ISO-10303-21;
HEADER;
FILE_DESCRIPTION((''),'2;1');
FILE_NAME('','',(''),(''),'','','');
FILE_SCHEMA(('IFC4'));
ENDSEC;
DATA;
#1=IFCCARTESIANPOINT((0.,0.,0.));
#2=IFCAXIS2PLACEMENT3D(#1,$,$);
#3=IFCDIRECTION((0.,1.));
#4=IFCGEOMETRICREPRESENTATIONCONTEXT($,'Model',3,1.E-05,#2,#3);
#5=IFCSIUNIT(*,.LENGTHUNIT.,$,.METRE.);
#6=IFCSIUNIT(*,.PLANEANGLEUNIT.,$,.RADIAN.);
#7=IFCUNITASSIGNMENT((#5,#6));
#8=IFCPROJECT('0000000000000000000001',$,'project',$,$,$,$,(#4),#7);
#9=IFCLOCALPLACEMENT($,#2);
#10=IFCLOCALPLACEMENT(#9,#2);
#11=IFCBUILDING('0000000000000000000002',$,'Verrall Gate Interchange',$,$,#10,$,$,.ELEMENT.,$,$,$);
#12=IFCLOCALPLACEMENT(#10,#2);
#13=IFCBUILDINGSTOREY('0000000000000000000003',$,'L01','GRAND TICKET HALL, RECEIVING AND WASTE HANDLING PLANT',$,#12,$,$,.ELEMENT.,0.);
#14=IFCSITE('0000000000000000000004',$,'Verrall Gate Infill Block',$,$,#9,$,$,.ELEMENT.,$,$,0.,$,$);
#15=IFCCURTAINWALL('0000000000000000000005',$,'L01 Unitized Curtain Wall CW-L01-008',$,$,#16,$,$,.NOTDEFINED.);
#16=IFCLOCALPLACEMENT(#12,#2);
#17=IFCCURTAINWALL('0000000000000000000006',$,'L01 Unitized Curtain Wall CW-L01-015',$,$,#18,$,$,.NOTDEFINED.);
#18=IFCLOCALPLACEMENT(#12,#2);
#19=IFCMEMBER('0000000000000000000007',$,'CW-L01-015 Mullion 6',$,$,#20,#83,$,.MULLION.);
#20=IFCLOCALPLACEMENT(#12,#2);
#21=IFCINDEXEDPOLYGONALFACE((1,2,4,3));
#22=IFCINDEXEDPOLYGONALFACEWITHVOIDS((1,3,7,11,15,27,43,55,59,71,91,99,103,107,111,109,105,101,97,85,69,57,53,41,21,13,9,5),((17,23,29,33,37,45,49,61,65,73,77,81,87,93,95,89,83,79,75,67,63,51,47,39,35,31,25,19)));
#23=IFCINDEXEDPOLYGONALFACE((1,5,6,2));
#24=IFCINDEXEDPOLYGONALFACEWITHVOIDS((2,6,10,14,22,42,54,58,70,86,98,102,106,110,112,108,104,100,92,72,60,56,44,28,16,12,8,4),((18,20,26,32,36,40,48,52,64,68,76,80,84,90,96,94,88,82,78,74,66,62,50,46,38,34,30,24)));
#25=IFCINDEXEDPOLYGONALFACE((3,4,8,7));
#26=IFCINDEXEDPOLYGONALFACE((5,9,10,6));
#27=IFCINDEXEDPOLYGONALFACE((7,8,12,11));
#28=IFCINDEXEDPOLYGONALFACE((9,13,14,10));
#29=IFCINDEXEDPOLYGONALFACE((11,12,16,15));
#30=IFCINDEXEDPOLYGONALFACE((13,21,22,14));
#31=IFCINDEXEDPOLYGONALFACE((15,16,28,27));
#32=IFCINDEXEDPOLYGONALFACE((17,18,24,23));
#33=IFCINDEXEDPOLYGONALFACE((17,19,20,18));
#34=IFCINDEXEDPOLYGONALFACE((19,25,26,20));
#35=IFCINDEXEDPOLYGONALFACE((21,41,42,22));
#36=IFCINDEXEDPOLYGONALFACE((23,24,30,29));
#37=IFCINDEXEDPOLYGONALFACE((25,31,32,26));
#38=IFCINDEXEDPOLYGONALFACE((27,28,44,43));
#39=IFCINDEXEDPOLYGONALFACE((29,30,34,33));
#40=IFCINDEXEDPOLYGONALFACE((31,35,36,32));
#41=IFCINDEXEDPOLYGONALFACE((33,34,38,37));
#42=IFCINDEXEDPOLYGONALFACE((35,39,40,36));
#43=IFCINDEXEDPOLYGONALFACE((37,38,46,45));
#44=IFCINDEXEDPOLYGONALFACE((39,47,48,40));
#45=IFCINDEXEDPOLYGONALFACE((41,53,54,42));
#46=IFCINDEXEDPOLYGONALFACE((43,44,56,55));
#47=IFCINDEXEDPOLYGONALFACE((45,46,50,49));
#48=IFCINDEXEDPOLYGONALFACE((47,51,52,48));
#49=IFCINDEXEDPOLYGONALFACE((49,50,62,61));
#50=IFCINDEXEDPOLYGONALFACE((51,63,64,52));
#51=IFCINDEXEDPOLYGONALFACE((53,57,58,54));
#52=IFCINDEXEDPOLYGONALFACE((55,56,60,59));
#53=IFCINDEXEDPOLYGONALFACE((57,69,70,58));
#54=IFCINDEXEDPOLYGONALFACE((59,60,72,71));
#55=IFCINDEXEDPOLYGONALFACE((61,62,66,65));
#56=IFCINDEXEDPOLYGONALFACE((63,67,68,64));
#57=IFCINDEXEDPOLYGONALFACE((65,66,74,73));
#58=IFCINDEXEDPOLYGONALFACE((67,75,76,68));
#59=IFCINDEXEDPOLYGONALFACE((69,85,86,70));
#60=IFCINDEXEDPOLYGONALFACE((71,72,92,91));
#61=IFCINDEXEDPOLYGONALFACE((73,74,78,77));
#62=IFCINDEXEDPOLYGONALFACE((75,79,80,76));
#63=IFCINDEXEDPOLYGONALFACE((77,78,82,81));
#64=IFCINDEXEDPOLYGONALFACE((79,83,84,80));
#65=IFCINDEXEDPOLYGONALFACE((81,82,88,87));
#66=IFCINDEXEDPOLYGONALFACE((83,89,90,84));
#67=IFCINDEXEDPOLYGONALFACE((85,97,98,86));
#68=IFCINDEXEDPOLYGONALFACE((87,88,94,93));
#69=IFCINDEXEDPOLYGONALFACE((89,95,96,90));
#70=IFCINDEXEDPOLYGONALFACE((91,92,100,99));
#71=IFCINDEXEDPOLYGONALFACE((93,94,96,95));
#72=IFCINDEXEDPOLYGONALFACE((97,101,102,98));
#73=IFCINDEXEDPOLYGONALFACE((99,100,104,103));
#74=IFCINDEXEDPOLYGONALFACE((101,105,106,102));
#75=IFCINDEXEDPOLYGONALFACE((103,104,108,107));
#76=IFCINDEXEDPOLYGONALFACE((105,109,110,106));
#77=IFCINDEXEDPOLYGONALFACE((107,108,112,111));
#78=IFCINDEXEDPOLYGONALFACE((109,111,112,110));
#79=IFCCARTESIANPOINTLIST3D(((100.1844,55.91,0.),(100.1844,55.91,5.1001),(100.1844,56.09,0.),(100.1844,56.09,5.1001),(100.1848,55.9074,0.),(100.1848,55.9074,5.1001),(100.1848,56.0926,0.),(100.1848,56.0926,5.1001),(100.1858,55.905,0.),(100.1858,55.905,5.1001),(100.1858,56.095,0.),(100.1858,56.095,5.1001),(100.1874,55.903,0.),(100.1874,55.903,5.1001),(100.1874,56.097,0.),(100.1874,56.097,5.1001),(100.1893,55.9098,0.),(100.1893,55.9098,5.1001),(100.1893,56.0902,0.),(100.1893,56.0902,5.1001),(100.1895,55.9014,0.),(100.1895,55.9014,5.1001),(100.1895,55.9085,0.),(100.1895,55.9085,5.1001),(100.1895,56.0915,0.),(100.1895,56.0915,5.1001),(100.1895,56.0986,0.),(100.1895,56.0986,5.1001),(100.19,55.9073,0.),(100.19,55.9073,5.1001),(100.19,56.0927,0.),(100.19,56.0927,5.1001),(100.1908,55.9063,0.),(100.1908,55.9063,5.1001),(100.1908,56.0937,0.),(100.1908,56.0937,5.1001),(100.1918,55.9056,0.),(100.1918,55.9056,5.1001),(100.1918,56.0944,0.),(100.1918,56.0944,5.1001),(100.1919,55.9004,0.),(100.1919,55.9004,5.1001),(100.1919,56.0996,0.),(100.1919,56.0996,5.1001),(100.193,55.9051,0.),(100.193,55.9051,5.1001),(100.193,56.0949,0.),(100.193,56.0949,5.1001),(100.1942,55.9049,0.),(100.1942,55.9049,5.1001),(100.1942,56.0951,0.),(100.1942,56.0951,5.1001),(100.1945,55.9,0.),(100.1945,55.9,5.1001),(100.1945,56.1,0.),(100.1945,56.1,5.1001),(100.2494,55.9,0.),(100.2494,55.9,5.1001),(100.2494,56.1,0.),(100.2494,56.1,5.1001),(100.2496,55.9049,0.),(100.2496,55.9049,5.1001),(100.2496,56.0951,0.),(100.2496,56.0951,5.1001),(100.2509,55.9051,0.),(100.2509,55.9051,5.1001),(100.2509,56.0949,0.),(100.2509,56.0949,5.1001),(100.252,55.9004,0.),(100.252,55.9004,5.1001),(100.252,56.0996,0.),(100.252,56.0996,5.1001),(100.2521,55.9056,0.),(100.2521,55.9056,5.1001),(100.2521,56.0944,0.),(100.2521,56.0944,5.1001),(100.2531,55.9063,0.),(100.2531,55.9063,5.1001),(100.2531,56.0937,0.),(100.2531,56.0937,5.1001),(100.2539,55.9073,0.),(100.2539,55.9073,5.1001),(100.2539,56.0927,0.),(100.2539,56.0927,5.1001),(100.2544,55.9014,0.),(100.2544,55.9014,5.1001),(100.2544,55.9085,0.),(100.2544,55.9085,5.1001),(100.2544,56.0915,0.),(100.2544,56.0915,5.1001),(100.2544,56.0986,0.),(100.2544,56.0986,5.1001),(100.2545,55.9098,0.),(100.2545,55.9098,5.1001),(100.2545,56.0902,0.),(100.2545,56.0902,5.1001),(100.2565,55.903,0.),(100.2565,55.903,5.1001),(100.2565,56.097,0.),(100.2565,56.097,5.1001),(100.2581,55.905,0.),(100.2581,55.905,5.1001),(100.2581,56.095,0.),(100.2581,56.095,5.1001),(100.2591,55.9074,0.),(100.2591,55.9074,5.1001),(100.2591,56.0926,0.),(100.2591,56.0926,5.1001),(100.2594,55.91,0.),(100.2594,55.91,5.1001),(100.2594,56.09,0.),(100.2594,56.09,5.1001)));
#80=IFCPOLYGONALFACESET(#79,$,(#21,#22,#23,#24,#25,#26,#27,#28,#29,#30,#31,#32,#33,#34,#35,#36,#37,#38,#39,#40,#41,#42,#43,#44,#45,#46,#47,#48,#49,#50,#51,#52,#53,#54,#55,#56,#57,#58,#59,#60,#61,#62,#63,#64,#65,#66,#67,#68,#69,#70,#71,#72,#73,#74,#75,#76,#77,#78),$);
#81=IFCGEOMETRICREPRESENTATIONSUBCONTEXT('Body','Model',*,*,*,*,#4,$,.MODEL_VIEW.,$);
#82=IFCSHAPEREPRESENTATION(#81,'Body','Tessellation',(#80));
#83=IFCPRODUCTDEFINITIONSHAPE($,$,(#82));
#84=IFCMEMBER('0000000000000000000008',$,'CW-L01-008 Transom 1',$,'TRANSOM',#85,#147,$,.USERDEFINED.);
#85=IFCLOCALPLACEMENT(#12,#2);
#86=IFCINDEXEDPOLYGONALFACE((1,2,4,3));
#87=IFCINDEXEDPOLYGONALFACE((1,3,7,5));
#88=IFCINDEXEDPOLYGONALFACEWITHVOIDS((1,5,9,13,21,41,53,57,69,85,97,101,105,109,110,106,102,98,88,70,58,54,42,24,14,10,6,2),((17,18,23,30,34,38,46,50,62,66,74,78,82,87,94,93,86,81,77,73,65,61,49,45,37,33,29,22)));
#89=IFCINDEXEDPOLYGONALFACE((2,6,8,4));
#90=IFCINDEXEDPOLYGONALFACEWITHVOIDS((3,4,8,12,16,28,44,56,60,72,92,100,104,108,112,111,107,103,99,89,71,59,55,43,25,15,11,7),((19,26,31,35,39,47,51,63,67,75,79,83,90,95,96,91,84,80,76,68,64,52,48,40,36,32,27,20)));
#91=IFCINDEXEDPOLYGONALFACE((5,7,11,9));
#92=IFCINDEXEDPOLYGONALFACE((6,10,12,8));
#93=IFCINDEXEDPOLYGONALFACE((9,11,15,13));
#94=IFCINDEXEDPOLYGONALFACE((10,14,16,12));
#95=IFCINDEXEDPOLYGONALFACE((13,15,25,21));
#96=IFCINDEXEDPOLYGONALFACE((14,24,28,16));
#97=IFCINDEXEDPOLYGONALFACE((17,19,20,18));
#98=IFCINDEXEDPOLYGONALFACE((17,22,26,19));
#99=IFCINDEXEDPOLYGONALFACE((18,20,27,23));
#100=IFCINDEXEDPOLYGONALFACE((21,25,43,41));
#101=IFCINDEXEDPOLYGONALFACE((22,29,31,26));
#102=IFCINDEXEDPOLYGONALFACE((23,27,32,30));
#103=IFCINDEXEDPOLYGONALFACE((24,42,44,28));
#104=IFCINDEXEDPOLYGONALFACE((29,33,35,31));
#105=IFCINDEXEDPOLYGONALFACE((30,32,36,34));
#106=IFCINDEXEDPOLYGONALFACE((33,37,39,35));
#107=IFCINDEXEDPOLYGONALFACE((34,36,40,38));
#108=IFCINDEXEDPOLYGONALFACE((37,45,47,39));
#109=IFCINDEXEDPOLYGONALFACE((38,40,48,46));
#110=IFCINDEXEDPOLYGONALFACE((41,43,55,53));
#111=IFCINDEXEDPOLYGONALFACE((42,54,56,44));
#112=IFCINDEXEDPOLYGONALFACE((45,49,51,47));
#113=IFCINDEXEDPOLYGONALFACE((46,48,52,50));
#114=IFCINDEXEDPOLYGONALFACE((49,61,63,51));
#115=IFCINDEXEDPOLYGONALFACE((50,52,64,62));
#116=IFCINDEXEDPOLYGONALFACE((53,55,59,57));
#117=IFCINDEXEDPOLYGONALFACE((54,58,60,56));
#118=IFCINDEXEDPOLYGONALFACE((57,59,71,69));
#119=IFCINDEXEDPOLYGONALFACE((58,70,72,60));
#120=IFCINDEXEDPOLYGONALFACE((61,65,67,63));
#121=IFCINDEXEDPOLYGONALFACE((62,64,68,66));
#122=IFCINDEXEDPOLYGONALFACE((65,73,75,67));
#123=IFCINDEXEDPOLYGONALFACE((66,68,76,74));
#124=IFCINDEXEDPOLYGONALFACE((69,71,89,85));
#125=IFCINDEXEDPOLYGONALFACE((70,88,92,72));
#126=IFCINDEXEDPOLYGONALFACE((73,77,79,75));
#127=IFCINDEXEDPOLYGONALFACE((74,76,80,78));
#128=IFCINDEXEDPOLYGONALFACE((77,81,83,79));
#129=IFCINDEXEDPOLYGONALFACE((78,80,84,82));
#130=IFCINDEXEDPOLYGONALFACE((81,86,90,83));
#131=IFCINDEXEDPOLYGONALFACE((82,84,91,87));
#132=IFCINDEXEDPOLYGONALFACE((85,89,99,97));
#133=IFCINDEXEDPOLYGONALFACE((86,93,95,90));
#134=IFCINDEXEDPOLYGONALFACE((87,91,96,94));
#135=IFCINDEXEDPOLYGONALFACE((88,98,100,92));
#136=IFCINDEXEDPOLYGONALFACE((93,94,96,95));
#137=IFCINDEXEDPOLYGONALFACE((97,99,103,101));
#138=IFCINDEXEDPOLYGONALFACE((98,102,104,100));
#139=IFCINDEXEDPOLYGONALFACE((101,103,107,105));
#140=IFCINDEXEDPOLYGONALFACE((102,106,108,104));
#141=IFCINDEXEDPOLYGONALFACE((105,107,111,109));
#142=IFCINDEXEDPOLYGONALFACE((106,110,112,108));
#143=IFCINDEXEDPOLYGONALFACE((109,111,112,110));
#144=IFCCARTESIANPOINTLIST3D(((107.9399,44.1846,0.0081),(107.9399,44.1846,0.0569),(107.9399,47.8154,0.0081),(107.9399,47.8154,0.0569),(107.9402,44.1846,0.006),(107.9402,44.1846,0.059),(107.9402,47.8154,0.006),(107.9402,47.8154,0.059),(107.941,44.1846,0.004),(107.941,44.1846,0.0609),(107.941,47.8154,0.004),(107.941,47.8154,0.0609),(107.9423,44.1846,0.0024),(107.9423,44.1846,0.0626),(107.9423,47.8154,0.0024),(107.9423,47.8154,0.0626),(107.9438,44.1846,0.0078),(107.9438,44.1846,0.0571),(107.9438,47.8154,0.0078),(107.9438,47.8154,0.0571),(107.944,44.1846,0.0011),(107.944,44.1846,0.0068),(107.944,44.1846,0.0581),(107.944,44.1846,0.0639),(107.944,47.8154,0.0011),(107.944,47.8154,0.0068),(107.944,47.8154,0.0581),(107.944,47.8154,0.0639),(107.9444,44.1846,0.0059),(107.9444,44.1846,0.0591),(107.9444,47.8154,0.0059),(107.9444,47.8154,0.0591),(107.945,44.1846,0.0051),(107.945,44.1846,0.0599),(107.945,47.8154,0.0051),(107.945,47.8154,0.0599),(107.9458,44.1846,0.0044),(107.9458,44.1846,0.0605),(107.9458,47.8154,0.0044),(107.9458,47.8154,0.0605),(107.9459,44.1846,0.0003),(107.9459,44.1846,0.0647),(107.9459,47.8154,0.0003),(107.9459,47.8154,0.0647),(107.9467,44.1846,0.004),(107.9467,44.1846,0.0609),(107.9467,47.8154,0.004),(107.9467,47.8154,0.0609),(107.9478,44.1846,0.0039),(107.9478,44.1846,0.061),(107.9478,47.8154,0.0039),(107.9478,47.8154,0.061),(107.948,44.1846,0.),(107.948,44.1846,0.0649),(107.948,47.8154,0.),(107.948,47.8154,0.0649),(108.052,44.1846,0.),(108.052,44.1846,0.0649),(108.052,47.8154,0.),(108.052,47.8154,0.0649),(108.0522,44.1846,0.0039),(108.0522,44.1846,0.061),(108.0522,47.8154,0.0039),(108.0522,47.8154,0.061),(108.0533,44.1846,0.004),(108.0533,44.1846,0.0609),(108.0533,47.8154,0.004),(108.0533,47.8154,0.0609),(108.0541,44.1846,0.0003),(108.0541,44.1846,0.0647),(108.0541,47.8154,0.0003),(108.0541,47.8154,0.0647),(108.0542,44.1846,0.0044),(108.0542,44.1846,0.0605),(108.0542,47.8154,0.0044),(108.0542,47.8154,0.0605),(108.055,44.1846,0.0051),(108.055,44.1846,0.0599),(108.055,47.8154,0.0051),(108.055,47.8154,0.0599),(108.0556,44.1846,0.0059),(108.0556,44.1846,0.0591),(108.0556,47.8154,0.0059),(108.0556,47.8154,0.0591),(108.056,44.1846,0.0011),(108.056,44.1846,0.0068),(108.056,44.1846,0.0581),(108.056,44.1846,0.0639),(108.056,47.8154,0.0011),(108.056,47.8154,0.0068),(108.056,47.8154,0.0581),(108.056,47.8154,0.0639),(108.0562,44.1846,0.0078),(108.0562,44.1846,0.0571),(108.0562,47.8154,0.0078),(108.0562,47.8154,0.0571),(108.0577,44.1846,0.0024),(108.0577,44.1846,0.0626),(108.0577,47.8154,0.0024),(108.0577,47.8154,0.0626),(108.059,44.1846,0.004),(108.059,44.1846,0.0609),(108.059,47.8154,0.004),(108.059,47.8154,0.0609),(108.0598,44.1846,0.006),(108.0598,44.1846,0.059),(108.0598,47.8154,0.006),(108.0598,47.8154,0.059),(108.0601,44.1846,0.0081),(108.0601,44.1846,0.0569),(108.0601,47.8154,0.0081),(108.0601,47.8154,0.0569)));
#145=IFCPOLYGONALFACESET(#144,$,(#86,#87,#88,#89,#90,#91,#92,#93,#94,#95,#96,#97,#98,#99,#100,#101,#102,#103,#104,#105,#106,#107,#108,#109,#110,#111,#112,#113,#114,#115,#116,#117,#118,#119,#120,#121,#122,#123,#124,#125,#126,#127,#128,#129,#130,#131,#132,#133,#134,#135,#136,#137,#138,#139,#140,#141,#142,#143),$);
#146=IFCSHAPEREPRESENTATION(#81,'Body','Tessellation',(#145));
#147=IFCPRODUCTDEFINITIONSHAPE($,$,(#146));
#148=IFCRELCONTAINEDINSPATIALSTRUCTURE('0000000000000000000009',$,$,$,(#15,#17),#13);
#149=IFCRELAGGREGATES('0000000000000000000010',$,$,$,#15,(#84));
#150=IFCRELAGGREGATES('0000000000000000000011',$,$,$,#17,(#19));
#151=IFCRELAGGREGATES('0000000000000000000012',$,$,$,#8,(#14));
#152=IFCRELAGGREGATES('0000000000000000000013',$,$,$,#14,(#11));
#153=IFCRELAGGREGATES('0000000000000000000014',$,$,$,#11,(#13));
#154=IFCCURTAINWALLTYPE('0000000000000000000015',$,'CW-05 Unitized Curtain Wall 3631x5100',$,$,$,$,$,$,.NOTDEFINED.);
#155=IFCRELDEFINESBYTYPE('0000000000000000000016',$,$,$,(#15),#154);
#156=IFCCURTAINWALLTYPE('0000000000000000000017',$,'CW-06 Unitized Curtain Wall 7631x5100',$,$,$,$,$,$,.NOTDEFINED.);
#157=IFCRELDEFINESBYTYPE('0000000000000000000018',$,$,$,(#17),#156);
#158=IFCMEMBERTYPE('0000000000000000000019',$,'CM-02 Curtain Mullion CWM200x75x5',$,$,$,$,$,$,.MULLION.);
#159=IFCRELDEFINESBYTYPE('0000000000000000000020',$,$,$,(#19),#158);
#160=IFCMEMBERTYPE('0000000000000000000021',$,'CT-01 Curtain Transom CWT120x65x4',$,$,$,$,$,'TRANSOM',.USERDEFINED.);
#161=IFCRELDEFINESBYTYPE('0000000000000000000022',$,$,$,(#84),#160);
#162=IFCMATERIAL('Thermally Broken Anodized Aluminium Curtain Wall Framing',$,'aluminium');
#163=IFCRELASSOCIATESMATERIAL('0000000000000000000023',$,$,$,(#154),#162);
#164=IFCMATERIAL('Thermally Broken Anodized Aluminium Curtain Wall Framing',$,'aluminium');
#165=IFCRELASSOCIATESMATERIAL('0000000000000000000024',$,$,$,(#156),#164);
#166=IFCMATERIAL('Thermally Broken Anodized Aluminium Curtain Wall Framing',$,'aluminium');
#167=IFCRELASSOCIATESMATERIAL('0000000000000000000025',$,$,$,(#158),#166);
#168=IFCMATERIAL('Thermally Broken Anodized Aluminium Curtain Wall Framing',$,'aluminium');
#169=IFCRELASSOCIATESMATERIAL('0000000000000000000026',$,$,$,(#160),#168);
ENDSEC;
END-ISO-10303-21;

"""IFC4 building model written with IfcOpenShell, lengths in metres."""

from ifc_helpers import new_model, si_unit, direction, frame, origin, origin_2d, place, context, subcontext, project, spatial, hollow_rectangle, extrude, material, material_profile, profile_set, type_object, element, aggregate, save


model = new_model("IFC4")

# Units and contexts
model_context = context("Model", 3, precision=1e-05, world=origin(), true_north=direction((0.0, 1.0)))
body_context = subcontext(model_context, "Body", "Model", "MODEL_VIEW")
ifc_project = project(units=[si_unit("LENGTHUNIT", "METRE"), si_unit("PLANEANGLEUNIT", "RADIAN")], contexts=[model_context])

# Site, building, storey
site_placement = place(None, origin())
site = spatial("IfcSite", under=ifc_project, at=site_placement, Name="Verrall Gate Infill Block", CompositionType="ELEMENT", RefElevation=0.0)
building_placement = place(site_placement, origin())
building = spatial("IfcBuilding", under=site, at=building_placement, Name="Verrall Gate Interchange", CompositionType="ELEMENT")
storey_placement = place(building_placement, origin())
storey = spatial("IfcBuildingStorey", under=building, at=storey_placement, Name="L01", Description="GRAND TICKET HALL, RECEIVING AND WASTE HANDLING PLANT", CompositionType="ELEMENT", Elevation=0.0)

# Curtain wall
ifc_material_1 = material(Name="Thermally Broken Anodized Aluminium Curtain Wall Framing", Category="aluminium")
curtain_wall_type_1 = type_object("IfcCurtainWallType", Name="CW-05 Unitized Curtain Wall 3631x5100", PredefinedType="NOTDEFINED", material=ifc_material_1)
curtain_wall_1_placement = place(storey_placement, origin())
curtain_wall_1 = element("IfcCurtainWall", 1, at=curtain_wall_1_placement, inside=storey, type_object=curtain_wall_type_1, Name="L01 Unitized Curtain Wall CW-L01-008", PredefinedType="NOTDEFINED")

# Curtain wall, member
ifc_material_2 = material(Name="Thermally Broken Anodized Aluminium Curtain Wall Framing", Category="aluminium")
curtain_wall_type_2 = type_object("IfcCurtainWallType", Name="CW-06 Unitized Curtain Wall 7631x5100", PredefinedType="NOTDEFINED", material=ifc_material_2)
curtain_wall_2_placement = place(storey_placement, origin())
curtain_wall_2 = element("IfcCurtainWall", 2, at=curtain_wall_2_placement, inside=storey, type_object=curtain_wall_type_2, Name="L01 Unitized Curtain Wall CW-L01-015", PredefinedType="NOTDEFINED")
ifc_material_3 = material(Name="Thermally Broken Anodized Aluminium Curtain Wall Framing", Category="aluminium")
ifc_material_profile_1 = material_profile(ifc_material_3, hollow_rectangle(XDim=0.075, YDim=0.2, WallThickness=0.0049, InnerFilletRadius=0.0049, OuterFilletRadius=0.01, at=origin_2d()), Name="CWM200x75x5")
ifc_profile_set_1 = profile_set([ifc_material_profile_1], Name="Thermally Broken Anodized Aluminium Curtain Wall Framing")
member_type_1 = type_object("IfcMemberType", Name="CM-02 Curtain Mullion CWM200x75x5", PredefinedType="MULLION", material=ifc_profile_set_1)
member_1_placement = place(storey_placement, frame((100.2219, 56.0, 0.0), z_axis=(0.0, 0.0, 1.0), x_axis=(-1.0, 0.0, 0.0)))
member_1 = element("IfcMember", 3, at=member_1_placement, type_object=member_type_1, Name="CW-L01-015 Mullion 6", PredefinedType="MULLION", context=body_context, shape_type="SweptSolid", body=[
    extrude(hollow_rectangle(XDim=0.075, YDim=0.2, WallThickness=0.0049, InnerFilletRadius=0.0049, OuterFilletRadius=0.01, at=origin_2d()), origin(), (0.0, 0.0, 1.0), 5.1001),
])

# Member
ifc_material_4 = material(Name="Thermally Broken Anodized Aluminium Curtain Wall Framing", Category="aluminium")
ifc_material_profile_2 = material_profile(ifc_material_4, hollow_rectangle(XDim=0.1201, YDim=0.0649, WallThickness=0.0039, InnerFilletRadius=0.0039, OuterFilletRadius=0.0081, at=origin_2d()), Name="CWT120x65x4")
ifc_profile_set_2 = profile_set([ifc_material_profile_2], Name="Thermally Broken Anodized Aluminium Curtain Wall Framing")
member_type_2 = type_object("IfcMemberType", Name="CT-01 Curtain Transom CWT120x65x4", ElementType="TRANSOM", PredefinedType="USERDEFINED", material=ifc_profile_set_2)
member_2_placement = place(storey_placement, frame((108.0, 44.1846, 0.0325), z_axis=(0.0, 1.0, 0.0), x_axis=(-1.0, 0.0, 0.0)))
member_2 = element("IfcMember", 4, at=member_2_placement, type_object=member_type_2, Name="CW-L01-008 Transom 1", ObjectType="TRANSOM", PredefinedType="USERDEFINED", context=body_context, shape_type="SweptSolid", body=[
    extrude(hollow_rectangle(XDim=0.1201, YDim=0.0649, WallThickness=0.0039, InnerFilletRadius=0.0039, OuterFilletRadius=0.0081, at=origin_2d()), origin(), (0.0, 0.0, 1.0), 3.6309),
])

aggregate(curtain_wall_1, [member_2])
aggregate(curtain_wall_2, [member_1])

save(model, "model.ifc")
